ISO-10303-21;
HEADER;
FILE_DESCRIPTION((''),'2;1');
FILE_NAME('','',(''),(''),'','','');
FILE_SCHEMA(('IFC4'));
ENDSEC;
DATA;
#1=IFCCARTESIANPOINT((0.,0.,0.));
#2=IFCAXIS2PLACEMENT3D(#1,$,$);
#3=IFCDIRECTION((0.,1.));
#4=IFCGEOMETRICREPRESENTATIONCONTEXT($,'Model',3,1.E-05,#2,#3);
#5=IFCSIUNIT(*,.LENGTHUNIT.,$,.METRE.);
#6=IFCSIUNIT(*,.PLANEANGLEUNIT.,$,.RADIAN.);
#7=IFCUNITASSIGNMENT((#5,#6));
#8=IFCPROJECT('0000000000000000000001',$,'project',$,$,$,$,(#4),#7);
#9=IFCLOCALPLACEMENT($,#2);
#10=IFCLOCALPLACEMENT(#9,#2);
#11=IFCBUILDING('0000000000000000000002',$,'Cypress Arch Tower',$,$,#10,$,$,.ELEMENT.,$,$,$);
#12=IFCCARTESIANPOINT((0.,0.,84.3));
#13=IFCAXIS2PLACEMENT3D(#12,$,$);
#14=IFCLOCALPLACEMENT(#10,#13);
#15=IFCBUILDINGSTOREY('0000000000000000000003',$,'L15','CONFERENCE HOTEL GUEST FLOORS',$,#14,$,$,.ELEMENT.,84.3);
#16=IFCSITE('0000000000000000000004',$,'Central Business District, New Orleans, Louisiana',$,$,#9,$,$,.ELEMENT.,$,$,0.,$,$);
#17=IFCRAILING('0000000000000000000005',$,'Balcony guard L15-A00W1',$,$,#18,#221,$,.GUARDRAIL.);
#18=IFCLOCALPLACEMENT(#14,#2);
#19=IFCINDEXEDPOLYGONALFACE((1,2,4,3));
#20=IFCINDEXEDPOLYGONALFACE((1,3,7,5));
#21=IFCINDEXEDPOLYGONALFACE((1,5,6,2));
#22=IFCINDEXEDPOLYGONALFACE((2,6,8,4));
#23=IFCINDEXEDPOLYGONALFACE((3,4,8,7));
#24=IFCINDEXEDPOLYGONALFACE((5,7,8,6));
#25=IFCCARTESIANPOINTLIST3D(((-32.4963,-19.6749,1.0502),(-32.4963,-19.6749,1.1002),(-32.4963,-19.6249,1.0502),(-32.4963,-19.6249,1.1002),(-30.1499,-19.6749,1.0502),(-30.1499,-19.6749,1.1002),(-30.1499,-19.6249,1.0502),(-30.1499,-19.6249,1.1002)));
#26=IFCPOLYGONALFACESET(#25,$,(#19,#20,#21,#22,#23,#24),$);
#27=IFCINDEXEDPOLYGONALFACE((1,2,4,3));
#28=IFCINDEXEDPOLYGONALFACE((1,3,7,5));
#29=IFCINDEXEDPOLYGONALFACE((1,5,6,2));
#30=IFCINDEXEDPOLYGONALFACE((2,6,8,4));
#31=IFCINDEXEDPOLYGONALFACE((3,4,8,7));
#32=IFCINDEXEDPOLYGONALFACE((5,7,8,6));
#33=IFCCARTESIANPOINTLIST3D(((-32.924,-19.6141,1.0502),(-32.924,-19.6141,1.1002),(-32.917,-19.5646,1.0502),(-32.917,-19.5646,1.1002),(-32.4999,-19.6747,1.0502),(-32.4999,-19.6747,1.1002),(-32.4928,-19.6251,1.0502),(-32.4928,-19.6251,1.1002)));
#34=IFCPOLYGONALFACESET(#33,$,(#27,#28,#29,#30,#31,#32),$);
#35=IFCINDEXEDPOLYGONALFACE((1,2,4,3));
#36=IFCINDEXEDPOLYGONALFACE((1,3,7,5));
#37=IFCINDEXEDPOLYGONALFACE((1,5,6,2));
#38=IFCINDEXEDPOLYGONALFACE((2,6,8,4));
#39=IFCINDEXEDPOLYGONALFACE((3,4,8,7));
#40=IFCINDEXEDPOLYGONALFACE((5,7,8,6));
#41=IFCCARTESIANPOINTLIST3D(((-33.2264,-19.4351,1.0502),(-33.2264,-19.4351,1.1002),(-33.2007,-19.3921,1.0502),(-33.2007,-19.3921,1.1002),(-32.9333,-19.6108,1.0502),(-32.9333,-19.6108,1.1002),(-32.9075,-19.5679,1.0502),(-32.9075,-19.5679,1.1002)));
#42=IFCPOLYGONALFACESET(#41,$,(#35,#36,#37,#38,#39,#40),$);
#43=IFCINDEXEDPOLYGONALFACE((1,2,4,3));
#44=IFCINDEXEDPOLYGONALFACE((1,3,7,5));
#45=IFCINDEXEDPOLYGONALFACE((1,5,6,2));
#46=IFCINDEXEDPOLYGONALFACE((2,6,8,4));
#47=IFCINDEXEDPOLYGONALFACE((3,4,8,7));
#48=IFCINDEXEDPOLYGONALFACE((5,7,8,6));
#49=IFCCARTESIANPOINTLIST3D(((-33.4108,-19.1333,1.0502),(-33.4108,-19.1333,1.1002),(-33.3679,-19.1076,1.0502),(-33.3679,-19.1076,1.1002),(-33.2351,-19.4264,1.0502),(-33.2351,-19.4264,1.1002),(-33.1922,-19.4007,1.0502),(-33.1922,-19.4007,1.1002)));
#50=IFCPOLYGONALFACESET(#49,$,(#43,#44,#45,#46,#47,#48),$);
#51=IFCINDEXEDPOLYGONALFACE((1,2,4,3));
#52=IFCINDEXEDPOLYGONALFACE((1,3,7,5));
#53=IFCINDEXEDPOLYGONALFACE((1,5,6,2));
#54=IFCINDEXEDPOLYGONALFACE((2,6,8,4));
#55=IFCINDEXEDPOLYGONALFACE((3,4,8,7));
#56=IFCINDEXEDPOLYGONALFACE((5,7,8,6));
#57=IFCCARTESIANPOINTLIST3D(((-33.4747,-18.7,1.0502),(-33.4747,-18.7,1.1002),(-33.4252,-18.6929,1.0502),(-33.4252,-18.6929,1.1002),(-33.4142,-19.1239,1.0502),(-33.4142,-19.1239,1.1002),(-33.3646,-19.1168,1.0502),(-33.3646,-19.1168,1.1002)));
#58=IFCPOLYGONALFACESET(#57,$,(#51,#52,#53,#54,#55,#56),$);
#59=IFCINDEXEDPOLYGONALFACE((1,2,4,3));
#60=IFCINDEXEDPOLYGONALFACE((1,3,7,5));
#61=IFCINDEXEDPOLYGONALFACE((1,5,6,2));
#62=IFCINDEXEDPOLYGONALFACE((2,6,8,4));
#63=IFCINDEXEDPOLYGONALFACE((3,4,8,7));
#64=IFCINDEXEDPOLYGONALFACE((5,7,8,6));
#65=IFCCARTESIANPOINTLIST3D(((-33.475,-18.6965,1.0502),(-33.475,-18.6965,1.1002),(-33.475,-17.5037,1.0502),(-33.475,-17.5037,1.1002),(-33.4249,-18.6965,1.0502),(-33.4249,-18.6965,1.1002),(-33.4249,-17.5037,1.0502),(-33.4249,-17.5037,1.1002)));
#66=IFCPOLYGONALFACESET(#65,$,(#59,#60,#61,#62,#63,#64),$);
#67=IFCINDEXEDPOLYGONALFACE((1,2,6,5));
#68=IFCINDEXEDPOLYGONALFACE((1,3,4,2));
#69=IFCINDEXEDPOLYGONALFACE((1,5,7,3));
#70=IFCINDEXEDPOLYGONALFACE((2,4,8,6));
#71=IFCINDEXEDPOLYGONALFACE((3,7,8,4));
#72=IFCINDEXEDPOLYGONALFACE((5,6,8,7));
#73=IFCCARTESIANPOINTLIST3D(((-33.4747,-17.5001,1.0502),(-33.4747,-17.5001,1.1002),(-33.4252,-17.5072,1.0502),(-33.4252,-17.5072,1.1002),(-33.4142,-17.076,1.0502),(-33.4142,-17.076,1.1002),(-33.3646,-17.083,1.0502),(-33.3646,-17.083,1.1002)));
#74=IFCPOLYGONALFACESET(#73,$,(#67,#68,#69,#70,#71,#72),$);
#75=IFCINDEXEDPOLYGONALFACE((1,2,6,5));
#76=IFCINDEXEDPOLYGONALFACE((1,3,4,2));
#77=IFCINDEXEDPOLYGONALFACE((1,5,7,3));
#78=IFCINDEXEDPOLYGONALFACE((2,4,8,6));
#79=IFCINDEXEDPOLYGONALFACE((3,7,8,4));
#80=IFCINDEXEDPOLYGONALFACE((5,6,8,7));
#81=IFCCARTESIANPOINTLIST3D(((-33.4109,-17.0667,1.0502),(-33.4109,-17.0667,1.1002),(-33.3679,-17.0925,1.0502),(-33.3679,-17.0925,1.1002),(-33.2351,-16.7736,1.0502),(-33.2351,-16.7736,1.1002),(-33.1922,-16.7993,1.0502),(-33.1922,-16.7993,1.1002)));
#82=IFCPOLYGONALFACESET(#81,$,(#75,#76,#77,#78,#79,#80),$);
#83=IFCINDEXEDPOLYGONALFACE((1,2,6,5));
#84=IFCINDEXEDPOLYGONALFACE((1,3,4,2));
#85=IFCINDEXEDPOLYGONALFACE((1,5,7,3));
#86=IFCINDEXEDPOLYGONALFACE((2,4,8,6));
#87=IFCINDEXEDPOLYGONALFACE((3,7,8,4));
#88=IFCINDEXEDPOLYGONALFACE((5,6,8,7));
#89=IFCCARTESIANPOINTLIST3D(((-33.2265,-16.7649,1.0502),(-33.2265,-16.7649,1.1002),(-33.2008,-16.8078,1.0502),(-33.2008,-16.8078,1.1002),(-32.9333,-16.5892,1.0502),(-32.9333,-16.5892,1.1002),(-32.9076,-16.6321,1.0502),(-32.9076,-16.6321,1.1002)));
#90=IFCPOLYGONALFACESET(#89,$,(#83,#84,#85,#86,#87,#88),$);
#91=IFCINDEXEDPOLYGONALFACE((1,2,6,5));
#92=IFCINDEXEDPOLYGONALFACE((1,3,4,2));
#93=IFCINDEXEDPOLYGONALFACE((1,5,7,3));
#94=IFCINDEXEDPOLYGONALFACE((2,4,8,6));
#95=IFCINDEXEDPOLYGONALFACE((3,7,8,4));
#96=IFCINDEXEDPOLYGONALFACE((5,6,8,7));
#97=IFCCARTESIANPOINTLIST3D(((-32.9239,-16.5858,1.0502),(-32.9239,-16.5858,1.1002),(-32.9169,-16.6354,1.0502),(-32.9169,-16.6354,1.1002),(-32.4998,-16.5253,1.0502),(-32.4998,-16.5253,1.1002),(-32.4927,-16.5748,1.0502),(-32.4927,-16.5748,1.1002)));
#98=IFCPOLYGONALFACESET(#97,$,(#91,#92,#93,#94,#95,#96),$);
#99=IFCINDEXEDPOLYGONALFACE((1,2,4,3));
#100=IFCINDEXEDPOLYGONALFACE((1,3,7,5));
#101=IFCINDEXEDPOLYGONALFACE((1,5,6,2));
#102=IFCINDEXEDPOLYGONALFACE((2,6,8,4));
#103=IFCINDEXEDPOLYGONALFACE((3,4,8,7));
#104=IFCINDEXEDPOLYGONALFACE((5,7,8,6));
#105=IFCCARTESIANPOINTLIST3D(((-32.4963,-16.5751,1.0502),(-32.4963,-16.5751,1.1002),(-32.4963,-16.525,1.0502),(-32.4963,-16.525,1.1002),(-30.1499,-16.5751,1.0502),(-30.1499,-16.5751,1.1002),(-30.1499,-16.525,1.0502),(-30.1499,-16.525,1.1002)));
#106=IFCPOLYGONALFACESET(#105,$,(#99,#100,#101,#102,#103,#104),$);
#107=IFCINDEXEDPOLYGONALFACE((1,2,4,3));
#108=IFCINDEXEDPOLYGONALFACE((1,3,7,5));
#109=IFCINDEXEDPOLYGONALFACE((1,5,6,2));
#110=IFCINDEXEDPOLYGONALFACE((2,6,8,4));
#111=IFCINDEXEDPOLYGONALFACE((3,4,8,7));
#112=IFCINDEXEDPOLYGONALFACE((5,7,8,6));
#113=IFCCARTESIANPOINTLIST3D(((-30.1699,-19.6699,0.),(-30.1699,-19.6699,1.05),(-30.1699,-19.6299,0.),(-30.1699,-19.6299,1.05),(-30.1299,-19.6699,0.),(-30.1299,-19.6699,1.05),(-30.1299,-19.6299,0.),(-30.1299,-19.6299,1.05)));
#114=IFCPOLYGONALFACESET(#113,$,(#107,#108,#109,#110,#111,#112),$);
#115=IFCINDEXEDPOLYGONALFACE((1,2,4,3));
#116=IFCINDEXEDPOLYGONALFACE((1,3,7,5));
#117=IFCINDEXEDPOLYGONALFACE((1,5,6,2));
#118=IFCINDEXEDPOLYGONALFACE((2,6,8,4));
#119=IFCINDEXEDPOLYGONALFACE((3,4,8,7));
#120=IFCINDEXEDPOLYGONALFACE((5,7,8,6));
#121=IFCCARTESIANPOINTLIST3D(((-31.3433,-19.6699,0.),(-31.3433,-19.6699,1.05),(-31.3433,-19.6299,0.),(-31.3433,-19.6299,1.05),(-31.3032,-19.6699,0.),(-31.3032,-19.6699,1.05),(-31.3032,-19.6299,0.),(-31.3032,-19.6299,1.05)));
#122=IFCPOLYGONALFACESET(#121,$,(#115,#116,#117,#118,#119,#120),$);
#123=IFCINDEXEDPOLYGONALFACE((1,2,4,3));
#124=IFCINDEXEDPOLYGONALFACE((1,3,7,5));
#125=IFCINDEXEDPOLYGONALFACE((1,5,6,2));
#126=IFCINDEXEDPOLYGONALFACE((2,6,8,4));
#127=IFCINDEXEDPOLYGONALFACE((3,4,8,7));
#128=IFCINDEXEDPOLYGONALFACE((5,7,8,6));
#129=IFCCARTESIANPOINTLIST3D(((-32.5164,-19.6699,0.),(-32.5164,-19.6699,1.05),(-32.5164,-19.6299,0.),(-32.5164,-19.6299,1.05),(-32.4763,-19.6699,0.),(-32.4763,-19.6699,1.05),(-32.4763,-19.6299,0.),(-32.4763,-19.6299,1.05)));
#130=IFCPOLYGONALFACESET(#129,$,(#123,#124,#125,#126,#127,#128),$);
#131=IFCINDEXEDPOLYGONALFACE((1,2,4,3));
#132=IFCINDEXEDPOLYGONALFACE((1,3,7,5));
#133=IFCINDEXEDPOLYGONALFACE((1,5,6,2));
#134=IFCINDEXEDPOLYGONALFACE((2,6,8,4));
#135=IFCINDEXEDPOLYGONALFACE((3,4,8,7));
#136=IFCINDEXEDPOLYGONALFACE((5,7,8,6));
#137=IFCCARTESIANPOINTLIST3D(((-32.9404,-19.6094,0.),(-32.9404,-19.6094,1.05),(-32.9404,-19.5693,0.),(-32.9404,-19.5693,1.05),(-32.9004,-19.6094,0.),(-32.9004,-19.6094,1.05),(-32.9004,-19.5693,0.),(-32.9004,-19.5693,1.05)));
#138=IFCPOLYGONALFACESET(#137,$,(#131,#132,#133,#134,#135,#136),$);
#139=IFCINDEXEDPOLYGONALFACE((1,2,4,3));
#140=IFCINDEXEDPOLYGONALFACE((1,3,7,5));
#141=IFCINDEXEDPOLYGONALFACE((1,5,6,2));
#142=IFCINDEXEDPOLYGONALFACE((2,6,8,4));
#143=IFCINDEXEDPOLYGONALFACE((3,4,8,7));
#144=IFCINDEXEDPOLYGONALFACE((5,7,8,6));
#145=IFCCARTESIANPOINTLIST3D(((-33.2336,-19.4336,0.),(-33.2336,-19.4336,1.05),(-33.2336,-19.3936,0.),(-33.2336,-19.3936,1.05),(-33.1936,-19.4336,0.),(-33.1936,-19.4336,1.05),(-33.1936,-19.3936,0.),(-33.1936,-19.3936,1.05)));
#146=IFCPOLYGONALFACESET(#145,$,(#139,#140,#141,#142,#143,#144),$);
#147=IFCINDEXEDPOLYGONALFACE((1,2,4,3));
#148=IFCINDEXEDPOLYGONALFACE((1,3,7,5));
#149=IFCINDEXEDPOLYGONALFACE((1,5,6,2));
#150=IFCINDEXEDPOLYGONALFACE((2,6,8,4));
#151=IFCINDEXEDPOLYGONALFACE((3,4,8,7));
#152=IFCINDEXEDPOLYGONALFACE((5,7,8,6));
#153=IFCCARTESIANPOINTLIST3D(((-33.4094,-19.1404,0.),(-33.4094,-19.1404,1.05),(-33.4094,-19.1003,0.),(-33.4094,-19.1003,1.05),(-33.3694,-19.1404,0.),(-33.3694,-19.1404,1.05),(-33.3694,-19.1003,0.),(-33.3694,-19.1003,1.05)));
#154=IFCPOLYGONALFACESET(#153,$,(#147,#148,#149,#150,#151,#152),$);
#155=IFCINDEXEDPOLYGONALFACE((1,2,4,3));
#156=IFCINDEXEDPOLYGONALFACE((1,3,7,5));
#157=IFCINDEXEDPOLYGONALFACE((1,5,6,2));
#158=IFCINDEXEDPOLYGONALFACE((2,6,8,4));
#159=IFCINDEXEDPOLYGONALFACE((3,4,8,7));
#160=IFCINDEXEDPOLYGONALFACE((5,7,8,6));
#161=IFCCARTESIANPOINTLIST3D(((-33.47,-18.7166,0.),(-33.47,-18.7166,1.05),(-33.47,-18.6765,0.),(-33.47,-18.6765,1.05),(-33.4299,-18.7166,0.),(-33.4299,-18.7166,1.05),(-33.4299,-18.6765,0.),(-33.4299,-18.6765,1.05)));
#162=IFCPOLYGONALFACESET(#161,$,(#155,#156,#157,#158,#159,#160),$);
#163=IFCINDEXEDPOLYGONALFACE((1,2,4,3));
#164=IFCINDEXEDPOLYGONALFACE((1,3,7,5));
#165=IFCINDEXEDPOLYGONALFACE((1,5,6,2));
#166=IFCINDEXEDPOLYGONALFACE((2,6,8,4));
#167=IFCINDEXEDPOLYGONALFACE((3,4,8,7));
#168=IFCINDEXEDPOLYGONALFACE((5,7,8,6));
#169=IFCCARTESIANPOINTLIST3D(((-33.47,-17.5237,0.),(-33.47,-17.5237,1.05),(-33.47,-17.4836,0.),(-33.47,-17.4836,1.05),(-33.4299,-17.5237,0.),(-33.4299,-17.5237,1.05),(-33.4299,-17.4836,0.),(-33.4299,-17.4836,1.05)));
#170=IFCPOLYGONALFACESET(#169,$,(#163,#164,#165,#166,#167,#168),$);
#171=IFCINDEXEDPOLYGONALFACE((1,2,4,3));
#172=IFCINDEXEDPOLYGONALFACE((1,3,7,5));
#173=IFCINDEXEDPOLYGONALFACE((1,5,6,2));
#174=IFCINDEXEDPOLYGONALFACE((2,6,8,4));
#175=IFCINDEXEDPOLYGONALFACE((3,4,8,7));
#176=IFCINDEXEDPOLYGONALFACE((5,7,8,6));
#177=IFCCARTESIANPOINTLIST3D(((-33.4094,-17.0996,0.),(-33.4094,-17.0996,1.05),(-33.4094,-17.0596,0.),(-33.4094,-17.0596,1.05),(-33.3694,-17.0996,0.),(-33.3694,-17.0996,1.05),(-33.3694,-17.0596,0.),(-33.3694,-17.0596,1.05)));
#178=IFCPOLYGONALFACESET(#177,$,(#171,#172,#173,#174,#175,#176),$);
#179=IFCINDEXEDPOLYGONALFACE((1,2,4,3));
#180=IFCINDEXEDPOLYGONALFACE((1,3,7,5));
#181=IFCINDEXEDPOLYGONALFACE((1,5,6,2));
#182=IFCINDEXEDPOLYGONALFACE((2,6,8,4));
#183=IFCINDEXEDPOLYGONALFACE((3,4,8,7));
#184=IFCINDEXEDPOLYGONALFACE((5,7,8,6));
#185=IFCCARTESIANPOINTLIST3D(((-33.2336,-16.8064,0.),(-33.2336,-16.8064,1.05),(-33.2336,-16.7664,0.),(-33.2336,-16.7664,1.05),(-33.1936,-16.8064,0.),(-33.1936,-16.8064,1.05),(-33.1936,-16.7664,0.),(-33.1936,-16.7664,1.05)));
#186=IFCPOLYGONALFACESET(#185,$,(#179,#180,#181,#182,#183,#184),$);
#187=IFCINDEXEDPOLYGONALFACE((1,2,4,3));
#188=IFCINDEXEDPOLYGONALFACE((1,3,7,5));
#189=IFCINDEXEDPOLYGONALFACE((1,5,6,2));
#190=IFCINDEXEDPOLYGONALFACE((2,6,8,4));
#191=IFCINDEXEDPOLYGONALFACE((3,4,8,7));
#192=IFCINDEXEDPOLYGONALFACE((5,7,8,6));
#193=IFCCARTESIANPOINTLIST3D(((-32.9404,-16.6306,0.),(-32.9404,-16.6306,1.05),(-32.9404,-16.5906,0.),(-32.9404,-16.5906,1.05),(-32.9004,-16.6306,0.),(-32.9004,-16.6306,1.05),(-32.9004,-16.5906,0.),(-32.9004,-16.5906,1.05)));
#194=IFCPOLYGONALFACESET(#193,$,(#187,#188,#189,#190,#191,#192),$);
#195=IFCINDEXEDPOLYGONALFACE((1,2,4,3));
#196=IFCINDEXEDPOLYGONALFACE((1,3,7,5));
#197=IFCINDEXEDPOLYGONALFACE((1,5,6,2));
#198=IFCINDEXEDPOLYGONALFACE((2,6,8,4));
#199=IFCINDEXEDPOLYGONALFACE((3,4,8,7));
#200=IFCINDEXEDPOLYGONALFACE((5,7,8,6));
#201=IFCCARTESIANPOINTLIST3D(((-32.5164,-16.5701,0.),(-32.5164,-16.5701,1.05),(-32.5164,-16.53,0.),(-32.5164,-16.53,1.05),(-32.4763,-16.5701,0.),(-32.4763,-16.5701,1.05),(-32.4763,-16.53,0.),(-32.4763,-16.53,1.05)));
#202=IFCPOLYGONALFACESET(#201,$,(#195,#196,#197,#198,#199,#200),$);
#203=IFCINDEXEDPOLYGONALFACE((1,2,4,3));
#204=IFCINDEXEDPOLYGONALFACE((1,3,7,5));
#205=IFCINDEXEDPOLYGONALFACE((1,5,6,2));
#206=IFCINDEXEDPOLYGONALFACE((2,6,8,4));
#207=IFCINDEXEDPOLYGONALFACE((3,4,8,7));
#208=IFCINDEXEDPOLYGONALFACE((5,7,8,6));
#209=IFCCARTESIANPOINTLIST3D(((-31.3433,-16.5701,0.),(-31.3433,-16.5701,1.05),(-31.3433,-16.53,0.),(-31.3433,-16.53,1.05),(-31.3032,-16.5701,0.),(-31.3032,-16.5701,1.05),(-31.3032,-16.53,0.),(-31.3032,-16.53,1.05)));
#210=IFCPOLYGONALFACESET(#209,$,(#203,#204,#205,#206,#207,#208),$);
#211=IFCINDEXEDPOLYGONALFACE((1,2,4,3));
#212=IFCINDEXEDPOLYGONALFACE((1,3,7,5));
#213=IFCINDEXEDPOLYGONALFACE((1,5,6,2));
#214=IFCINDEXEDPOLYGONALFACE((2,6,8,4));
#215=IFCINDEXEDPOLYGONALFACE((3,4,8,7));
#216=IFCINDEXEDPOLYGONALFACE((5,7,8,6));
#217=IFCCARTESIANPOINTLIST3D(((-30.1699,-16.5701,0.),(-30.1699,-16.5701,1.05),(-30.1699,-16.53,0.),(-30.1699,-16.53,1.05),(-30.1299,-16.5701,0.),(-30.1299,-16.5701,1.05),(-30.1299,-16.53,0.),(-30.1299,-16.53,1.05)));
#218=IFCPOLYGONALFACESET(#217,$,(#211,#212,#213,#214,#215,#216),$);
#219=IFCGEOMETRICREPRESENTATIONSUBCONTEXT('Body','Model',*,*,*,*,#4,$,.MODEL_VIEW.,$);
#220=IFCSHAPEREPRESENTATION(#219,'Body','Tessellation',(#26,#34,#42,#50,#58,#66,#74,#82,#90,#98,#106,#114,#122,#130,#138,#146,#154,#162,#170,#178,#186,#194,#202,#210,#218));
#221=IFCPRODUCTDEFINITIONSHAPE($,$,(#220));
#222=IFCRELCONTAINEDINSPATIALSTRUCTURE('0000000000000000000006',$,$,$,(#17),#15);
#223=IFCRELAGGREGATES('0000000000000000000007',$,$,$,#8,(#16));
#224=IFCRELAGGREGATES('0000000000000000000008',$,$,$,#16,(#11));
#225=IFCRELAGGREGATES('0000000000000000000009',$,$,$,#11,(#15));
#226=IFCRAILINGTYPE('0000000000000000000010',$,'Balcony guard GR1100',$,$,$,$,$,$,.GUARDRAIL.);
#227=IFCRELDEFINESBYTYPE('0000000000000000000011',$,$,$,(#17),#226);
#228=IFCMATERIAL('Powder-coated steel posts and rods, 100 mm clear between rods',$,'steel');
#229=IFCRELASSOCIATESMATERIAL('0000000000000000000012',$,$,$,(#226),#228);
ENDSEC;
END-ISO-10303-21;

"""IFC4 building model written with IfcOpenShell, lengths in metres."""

from ifc_helpers import new_model, si_unit, direction, frame, origin, origin_2d, place, context, subcontext, project, spatial, rectangle, extrude, material, type_object, element, save


model = new_model("IFC4")

# Units and contexts
model_context = context("Model", 3, precision=1e-05, world=origin(), true_north=direction((0.0, 1.0)))
body_context = subcontext(model_context, "Body", "Model", "MODEL_VIEW")
ifc_project = project(units=[si_unit("LENGTHUNIT", "METRE"), si_unit("PLANEANGLEUNIT", "RADIAN")], contexts=[model_context])

# Site, building, storey
site_placement = place(None, origin())
site = spatial("IfcSite", under=ifc_project, at=site_placement, Name="Central Business District, New Orleans, Louisiana", CompositionType="ELEMENT", RefElevation=0.0)
building_placement = place(site_placement, origin())
building = spatial("IfcBuilding", under=site, at=building_placement, Name="Cypress Arch Tower", CompositionType="ELEMENT")
storey_placement = place(building_placement, frame((0.0, 0.0, 84.3)))
storey = spatial("IfcBuildingStorey", under=building, at=storey_placement, Name="L15", Description="CONFERENCE HOTEL GUEST FLOORS", CompositionType="ELEMENT", Elevation=84.3)

# Railing
ifc_material_1 = material(Name="Powder-coated steel posts and rods, 100 mm clear between rods", Category="steel")
railing_type = type_object("IfcRailingType", Name="Balcony guard GR1100", PredefinedType="GUARDRAIL", material=ifc_material_1)
railing_placement = place(storey_placement, frame((-30.1499, -19.6499, 0.0)))
element("IfcRailing", 1, at=railing_placement, inside=storey, type_object=railing_type, Name="Balcony guard L15-A00W1", PredefinedType="GUARDRAIL", context=body_context, shape_type="SweptSolid", body=[
    extrude(rectangle(XDim=0.05, YDim=0.05, at=origin_2d()), frame((0.0, 0.0, 1.0752), z_axis=(-1.0, 0.0, 0.0), x_axis=(0.0, -1.0, 0.0)), (0.0, 0.0, 1.0), 2.3464),
    extrude(rectangle(XDim=0.05, YDim=0.05, at=origin_2d()), frame((-2.3464, 0.0, 1.0752), z_axis=(-0.989961, 0.141342, 0.0), x_axis=(-0.141342, -0.989961, 0.0)), (0.0, 0.0, 1.0), 0.4285),
    extrude(rectangle(XDim=0.05, YDim=0.05, at=origin_2d()), frame((-2.7705, 0.0605, 1.0752), z_axis=(-0.857682, 0.514181, 0.0), x_axis=(-0.514181, -0.857682, 0.0)), (0.0, 0.0, 1.0), 0.3418),
    extrude(rectangle(XDim=0.05, YDim=0.05, at=origin_2d()), frame((-3.0637, 0.2363, 1.0752), z_axis=(-0.514181, 0.857682, 0.0), x_axis=(-0.857682, -0.514181, 0.0)), (0.0, 0.0, 1.0), 0.3418),
    extrude(rectangle(XDim=0.05, YDim=0.05, at=origin_2d()), frame((-3.2395, 0.5295, 1.0752), z_axis=(-0.141421, 0.989949, 0.0), x_axis=(-0.989949, -0.141421, 0.0)), (0.0, 0.0, 1.0), 0.4282),
    extrude(rectangle(XDim=0.05, YDim=0.05, at=origin_2d()), frame((-3.3, 0.9534, 1.0752), z_axis=(0.0, 1.0, 0.0), x_axis=(-1.0, 0.0, 0.0)), (0.0, 0.0, 1.0), 1.1929),
    extrude(rectangle(XDim=0.05, YDim=0.05, at=origin_2d()), frame((-3.3, 2.1462, 1.0752), z_axis=(0.141342, 0.989961, 0.0), x_axis=(-0.989961, 0.141342, 0.0)), (0.0, 0.0, 1.0), 0.4285),
    extrude(rectangle(XDim=0.05, YDim=0.05, at=origin_2d()), frame((-3.2395, 2.5703, 1.0752), z_axis=(0.514181, 0.857682, 0.0), x_axis=(-0.857682, 0.514181, 0.0)), (0.0, 0.0, 1.0), 0.3418),
    extrude(rectangle(XDim=0.05, YDim=0.05, at=origin_2d()), frame((-3.0637, 2.8635, 1.0752), z_axis=(0.857682, 0.514181, 0.0), x_axis=(-0.514181, 0.857682, 0.0)), (0.0, 0.0, 1.0), 0.3418),
    extrude(rectangle(XDim=0.05, YDim=0.05, at=origin_2d()), frame((-2.7705, 3.0393, 1.0752), z_axis=(0.989961, 0.141342, 0.0), x_axis=(-0.141342, 0.989961, 0.0)), (0.0, 0.0, 1.0), 0.4285),
    extrude(rectangle(XDim=0.05, YDim=0.05, at=origin_2d()), frame((-2.3464, 3.0999, 1.0752), z_axis=(1.0, 0.0, 0.0), x_axis=(0.0, 1.0, 0.0)), (0.0, 0.0, 1.0), 2.3464),
    extrude(rectangle(XDim=0.04, YDim=0.04, at=origin_2d()), origin(), (0.0, 0.0, 1.0), 1.05),
    extrude(rectangle(XDim=0.04, YDim=0.04, at=origin_2d()), frame((-1.1733, 0.0, 0.0)), (0.0, 0.0, 1.0), 1.05),
    extrude(rectangle(XDim=0.04, YDim=0.04, at=origin_2d()), frame((-2.3464, 0.0, 0.0)), (0.0, 0.0, 1.0), 1.05),
    extrude(rectangle(XDim=0.04, YDim=0.04, at=origin_2d()), frame((-2.7705, 0.0605, 0.0)), (0.0, 0.0, 1.0), 1.05),
    extrude(rectangle(XDim=0.04, YDim=0.04, at=origin_2d()), frame((-3.0637, 0.2363, 0.0)), (0.0, 0.0, 1.0), 1.05),
    extrude(rectangle(XDim=0.04, YDim=0.04, at=origin_2d()), frame((-3.2395, 0.5295, 0.0)), (0.0, 0.0, 1.0), 1.05),
    extrude(rectangle(XDim=0.04, YDim=0.04, at=origin_2d()), frame((-3.3, 0.9534, 0.0)), (0.0, 0.0, 1.0), 1.05),
    extrude(rectangle(XDim=0.04, YDim=0.04, at=origin_2d()), frame((-3.3, 2.1462, 0.0)), (0.0, 0.0, 1.0), 1.05),
    extrude(rectangle(XDim=0.04, YDim=0.04, at=origin_2d()), frame((-3.2395, 2.5703, 0.0)), (0.0, 0.0, 1.0), 1.05),
    extrude(rectangle(XDim=0.04, YDim=0.04, at=origin_2d()), frame((-3.0637, 2.8635, 0.0)), (0.0, 0.0, 1.0), 1.05),
    extrude(rectangle(XDim=0.04, YDim=0.04, at=origin_2d()), frame((-2.7705, 3.0393, 0.0)), (0.0, 0.0, 1.0), 1.05),
    extrude(rectangle(XDim=0.04, YDim=0.04, at=origin_2d()), frame((-2.3464, 3.0999, 0.0)), (0.0, 0.0, 1.0), 1.05),
    extrude(rectangle(XDim=0.04, YDim=0.04, at=origin_2d()), frame((-1.1733, 3.0999, 0.0)), (0.0, 0.0, 1.0), 1.05),
    extrude(rectangle(XDim=0.04, YDim=0.04, at=origin_2d()), frame((0.0, 3.0999, 0.0)), (0.0, 0.0, 1.0), 1.05),
])

save(model, "model.ifc")
